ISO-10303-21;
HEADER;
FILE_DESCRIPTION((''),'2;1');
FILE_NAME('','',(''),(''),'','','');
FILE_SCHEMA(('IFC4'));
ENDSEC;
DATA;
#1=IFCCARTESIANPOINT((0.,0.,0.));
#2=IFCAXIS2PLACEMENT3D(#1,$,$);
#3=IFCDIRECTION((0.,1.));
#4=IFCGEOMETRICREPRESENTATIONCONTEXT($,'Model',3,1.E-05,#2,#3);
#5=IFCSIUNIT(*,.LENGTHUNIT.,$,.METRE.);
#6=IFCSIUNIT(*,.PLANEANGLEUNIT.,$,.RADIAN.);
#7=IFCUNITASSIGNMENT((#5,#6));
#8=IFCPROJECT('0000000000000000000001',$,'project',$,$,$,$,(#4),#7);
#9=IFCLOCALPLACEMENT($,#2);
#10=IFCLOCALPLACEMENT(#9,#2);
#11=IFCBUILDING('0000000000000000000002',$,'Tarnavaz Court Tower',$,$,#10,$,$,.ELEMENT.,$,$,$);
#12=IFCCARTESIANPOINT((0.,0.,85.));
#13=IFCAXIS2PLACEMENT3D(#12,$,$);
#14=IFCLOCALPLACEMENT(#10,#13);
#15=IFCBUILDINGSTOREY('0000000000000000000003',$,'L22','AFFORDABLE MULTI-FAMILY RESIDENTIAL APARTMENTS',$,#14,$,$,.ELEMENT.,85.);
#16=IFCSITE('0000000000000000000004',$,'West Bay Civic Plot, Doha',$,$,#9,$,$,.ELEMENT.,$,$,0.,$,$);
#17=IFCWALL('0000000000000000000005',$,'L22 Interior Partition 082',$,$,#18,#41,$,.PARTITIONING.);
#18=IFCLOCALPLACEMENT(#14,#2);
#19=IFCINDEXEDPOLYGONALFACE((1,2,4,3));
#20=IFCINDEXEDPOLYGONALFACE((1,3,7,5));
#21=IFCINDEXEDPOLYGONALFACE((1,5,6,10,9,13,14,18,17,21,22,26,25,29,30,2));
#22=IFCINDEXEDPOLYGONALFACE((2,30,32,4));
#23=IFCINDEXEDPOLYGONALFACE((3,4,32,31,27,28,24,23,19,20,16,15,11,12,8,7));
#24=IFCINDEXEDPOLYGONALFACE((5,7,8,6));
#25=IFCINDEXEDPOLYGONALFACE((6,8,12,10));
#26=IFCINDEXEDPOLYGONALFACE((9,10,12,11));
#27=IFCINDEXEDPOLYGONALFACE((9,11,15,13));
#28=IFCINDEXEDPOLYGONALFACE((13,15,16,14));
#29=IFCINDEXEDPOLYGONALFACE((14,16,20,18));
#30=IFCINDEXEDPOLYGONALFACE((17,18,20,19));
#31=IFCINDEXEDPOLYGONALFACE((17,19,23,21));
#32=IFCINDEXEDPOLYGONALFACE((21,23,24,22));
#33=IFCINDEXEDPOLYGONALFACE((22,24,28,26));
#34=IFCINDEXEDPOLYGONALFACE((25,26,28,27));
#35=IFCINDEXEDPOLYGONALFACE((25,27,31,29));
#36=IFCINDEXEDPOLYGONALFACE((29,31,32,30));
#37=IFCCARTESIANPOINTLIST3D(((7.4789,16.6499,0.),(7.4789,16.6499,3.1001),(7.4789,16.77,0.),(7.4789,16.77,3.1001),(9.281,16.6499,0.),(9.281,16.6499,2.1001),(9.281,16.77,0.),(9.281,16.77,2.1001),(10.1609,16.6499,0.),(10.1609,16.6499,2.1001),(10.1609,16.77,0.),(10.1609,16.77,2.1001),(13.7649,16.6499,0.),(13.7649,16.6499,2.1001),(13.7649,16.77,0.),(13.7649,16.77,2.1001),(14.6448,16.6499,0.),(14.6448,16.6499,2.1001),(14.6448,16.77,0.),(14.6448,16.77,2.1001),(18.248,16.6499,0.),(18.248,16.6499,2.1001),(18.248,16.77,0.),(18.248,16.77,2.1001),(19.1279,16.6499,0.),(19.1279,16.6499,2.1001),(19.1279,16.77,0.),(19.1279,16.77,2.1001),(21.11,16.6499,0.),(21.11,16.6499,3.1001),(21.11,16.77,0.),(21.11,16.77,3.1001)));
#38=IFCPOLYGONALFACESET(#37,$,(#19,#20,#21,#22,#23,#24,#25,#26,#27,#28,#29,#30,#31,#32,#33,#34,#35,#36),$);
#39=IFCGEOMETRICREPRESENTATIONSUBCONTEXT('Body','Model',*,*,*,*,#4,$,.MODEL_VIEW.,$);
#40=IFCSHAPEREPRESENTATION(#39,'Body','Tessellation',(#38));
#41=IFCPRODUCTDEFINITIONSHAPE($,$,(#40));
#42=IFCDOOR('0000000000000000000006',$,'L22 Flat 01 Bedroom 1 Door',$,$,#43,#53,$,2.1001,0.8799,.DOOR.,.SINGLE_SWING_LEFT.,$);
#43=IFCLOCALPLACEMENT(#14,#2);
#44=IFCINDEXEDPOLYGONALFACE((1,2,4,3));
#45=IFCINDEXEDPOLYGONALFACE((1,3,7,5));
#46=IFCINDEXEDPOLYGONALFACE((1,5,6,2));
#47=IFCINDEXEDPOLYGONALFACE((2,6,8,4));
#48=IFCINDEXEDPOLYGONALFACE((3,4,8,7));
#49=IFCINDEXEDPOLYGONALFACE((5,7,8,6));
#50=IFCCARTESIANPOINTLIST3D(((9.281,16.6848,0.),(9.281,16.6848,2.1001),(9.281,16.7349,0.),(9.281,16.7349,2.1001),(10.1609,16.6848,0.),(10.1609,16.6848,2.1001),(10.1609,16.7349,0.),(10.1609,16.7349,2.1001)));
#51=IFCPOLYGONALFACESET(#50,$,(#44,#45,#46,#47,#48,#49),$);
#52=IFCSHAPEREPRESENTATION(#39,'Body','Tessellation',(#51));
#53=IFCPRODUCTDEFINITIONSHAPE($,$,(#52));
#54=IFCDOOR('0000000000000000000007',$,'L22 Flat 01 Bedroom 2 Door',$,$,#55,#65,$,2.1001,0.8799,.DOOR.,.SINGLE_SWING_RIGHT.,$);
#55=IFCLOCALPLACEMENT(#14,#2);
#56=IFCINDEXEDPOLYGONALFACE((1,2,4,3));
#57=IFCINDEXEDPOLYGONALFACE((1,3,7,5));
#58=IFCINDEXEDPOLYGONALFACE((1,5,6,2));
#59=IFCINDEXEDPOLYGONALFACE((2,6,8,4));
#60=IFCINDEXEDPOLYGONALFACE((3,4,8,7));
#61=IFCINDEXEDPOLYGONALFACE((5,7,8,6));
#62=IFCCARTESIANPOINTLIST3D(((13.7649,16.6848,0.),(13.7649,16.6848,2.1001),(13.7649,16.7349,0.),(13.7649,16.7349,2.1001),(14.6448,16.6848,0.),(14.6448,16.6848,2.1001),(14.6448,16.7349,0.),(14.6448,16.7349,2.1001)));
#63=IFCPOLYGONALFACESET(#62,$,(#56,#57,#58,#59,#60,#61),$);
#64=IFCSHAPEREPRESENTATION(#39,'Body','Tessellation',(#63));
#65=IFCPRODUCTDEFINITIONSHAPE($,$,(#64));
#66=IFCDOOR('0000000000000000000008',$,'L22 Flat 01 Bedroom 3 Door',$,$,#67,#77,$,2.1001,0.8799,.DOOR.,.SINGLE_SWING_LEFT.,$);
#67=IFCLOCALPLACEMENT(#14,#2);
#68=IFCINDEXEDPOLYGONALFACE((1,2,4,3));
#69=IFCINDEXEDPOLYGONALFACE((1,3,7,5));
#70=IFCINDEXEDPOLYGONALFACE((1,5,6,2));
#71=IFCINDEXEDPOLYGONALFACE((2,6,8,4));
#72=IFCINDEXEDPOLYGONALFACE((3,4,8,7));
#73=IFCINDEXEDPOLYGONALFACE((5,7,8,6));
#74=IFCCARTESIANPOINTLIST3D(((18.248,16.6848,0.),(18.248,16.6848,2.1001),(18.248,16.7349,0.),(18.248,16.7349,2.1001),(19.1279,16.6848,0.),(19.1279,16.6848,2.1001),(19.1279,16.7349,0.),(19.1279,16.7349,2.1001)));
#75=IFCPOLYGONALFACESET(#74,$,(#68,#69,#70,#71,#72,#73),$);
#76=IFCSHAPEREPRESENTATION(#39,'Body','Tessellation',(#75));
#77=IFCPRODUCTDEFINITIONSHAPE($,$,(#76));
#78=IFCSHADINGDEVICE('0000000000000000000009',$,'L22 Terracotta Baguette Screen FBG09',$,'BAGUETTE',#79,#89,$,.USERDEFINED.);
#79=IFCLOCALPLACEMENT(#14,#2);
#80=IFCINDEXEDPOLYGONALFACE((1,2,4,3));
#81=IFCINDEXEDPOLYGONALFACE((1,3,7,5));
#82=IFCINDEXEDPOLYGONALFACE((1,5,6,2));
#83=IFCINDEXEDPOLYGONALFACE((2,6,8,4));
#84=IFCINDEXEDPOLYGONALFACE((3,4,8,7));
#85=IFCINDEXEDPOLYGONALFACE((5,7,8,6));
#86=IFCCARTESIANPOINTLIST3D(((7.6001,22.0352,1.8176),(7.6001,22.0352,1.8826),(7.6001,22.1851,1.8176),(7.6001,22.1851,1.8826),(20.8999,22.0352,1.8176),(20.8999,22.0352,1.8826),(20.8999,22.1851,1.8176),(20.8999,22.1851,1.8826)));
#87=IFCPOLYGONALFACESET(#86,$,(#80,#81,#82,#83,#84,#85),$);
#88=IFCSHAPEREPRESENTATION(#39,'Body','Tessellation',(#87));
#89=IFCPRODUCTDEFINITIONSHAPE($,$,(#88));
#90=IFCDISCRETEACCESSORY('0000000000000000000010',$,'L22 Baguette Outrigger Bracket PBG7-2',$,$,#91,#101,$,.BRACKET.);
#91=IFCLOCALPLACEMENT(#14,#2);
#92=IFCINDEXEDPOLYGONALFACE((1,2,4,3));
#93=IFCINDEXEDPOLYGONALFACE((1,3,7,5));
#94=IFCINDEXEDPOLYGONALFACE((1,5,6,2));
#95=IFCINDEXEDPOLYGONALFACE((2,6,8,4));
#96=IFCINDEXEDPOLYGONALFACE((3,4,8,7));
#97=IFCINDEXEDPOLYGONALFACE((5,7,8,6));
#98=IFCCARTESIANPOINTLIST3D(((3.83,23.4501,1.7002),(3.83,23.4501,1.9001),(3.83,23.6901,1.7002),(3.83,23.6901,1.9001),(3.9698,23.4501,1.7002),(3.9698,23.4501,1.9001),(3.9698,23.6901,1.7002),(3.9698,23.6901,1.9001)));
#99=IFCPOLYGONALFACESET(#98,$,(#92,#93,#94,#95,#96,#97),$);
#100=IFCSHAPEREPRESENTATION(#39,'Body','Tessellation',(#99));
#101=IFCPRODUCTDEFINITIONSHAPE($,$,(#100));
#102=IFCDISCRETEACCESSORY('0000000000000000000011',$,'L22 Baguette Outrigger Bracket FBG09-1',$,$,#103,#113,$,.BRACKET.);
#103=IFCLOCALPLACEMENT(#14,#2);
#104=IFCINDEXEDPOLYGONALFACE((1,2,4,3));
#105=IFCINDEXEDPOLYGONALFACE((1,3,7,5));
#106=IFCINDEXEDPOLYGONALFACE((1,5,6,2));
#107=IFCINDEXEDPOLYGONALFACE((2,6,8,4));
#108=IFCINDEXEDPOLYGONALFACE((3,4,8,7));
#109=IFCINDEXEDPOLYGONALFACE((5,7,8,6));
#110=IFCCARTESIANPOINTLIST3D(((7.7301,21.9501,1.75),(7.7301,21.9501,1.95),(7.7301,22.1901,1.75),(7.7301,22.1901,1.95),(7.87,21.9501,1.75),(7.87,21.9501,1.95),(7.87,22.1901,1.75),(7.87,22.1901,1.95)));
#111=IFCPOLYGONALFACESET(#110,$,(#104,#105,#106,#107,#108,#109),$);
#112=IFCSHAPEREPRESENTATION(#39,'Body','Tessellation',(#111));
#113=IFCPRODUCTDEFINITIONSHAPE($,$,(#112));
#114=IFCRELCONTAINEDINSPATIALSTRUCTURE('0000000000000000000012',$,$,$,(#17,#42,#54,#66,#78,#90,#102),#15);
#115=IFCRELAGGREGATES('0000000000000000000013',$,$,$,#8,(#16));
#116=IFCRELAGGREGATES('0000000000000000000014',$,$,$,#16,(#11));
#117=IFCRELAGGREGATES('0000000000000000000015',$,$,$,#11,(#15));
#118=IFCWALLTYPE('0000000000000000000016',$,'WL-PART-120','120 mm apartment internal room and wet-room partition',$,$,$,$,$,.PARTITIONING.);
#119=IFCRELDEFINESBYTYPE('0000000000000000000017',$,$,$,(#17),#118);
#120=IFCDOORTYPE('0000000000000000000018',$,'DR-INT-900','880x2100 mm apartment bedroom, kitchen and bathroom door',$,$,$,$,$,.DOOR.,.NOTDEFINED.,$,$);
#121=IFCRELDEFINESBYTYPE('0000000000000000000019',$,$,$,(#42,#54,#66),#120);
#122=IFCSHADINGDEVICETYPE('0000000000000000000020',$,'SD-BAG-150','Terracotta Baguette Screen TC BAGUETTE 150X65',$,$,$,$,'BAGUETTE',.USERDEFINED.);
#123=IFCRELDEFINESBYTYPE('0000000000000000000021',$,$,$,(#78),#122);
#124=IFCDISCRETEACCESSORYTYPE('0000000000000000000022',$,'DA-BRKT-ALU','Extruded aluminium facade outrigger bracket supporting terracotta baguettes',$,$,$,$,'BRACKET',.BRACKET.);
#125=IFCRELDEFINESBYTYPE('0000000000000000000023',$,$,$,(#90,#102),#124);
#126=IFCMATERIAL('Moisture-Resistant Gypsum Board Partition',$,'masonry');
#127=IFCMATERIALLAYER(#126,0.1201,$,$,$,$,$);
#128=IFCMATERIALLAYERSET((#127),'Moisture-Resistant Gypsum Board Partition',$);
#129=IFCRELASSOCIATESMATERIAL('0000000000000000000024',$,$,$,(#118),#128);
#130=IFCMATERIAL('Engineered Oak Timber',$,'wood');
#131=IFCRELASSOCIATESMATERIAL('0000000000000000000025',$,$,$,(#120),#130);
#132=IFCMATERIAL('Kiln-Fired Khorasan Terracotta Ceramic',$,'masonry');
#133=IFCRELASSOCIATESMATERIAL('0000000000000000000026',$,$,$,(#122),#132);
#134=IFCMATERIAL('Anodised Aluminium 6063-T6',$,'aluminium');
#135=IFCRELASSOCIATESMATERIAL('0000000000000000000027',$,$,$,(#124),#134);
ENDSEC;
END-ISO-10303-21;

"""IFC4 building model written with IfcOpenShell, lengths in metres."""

from ifc_helpers import new_model, si_unit, direction, frame, frame_2d, origin, origin_2d, place, context, subcontext, project, spatial, rectangle, extrude, material, layer, layer_set, material_profile, profile_set, type_object, element, fill, save


model = new_model("IFC4")

# Units and contexts
model_context = context("Model", 3, precision=1e-05, world=origin(), true_north=direction((0.0, 1.0)))
body_context = subcontext(model_context, "Body", "Model", "MODEL_VIEW")
ifc_project = project(units=[si_unit("LENGTHUNIT", "METRE"), si_unit("PLANEANGLEUNIT", "RADIAN")], contexts=[model_context])

# Site, building, storey
site_placement = place(None, origin())
site = spatial("IfcSite", under=ifc_project, at=site_placement, Name="West Bay Civic Plot, Doha", CompositionType="ELEMENT", RefElevation=0.0)
building_placement = place(site_placement, origin())
building = spatial("IfcBuilding", under=site, at=building_placement, Name="Tarnavaz Court Tower", CompositionType="ELEMENT")
storey_placement = place(building_placement, frame((0.0, 0.0, 85.0)))
storey = spatial("IfcBuildingStorey", under=building, at=storey_placement, Name="L22", Description="AFFORDABLE MULTI-FAMILY RESIDENTIAL APARTMENTS", CompositionType="ELEMENT", Elevation=85.0)

# Shared definitions
ifc_material_1 = material(Name="Anodised Aluminium 6063-T6", Category="aluminium")

# Shared definitions
ifc_material_2 = material(Name="Moisture-Resistant Gypsum Board Partition", Category="masonry")
ifc_layer_1 = layer(ifc_material_2, 0.1201)
ifc_layer_set_1 = layer_set([ifc_layer_1], Name="Moisture-Resistant Gypsum Board Partition")
wall_type_1 = type_object("IfcWallType", Name="WL-PART-120", Description="120 mm apartment internal room and wet-room partition", PredefinedType="PARTITIONING", material=ifc_layer_set_1)
ifc_material_3 = material(Name="Engineered Oak Timber", Category="wood")
door_type_1 = type_object("IfcDoorType", Name="DR-INT-900", Description="880x2100 mm apartment bedroom, kitchen and bathroom door", OperationType="NOTDEFINED", PredefinedType="DOOR", material=ifc_material_3)

# Wall, openings, doors
wall_1_placement = place(storey_placement, frame((7.479, 16.71, 0.0), z_axis=(0.0, 0.0, 1.0), x_axis=(1.0, 0.0, 0.0)))
wall_1 = element("IfcWall", 1, at=wall_1_placement, inside=storey, type_object=wall_type_1, Name="L22 Interior Partition 082", PredefinedType="PARTITIONING", context=body_context, shape_type="SweptSolid", body=[
    extrude(rectangle(XDim=13.6311, YDim=0.1201, at=frame_2d((6.8154, 0.0))), origin(), (0.0, 0.0, 1.0), 3.1001),
])
opening_1_placement = place(wall_1_placement, frame((1.802, 0.0, 0.0)))
opening_1 = element("IfcOpeningElement", 2, at=opening_1_placement, cuts=wall_1, PredefinedType="OPENING", context=body_context, shape_type="SweptSolid", body=[
    extrude(rectangle(XDim=0.8799, YDim=2.1001, at=frame_2d((0.4399, 1.05))), frame((0.0, 0.0701, 0.0), z_axis=(0.0, -1.0, 0.0), x_axis=(1.0, 0.0, 0.0)), (0.0, 0.0, 1.0), 0.1401),
])
opening_2_placement = place(wall_1_placement, frame((6.2859, 0.0, 0.0)))
opening_2 = element("IfcOpeningElement", 3, at=opening_2_placement, cuts=wall_1, PredefinedType="OPENING", context=body_context, shape_type="SweptSolid", body=[
    extrude(rectangle(XDim=0.8799, YDim=2.1001, at=frame_2d((0.4399, 1.05))), frame((0.0, 0.0701, 0.0), z_axis=(0.0, -1.0, 0.0), x_axis=(1.0, 0.0, 0.0)), (0.0, 0.0, 1.0), 0.1401),
])
opening_3_placement = place(wall_1_placement, frame((10.769, 0.0, 0.0)))
opening_3 = element("IfcOpeningElement", 4, at=opening_3_placement, cuts=wall_1, PredefinedType="OPENING", context=body_context, shape_type="SweptSolid", body=[
    extrude(rectangle(XDim=0.8799, YDim=2.1001, at=frame_2d((0.4399, 1.05))), frame((0.0, 0.0701, 0.0), z_axis=(0.0, -1.0, 0.0), x_axis=(1.0, 0.0, 0.0)), (0.0, 0.0, 1.0), 0.1401),
])
door_1_placement = place(opening_1_placement, origin())
door_1 = element("IfcDoor", 5, at=door_1_placement, inside=storey, type_object=door_type_1, Name="L22 Flat 01 Bedroom 1 Door", OperationType="SINGLE_SWING_LEFT", OverallHeight=2.1001, OverallWidth=0.8799, PredefinedType="DOOR", context=body_context, shape_type="SweptSolid", body=[
    extrude(rectangle(XDim=0.8799, YDim=2.1001, at=frame_2d((0.4399, 1.05))), frame((0.0, 0.0249, 0.0), z_axis=(0.0, -1.0, 0.0), x_axis=(1.0, 0.0, 0.0)), (0.0, 0.0, 1.0), 0.05),
])
fill(opening_1, door_1)
door_2_placement = place(opening_2_placement, origin())
door_2 = element("IfcDoor", 6, at=door_2_placement, inside=storey, type_object=door_type_1, Name="L22 Flat 01 Bedroom 2 Door", OperationType="SINGLE_SWING_RIGHT", OverallHeight=2.1001, OverallWidth=0.8799, PredefinedType="DOOR", context=body_context, shape_type="SweptSolid", body=[
    extrude(rectangle(XDim=0.8799, YDim=2.1001, at=frame_2d((0.4399, 1.05))), frame((0.0, 0.0249, 0.0), z_axis=(0.0, -1.0, 0.0), x_axis=(1.0, 0.0, 0.0)), (0.0, 0.0, 1.0), 0.05),
])
fill(opening_2, door_2)
door_3_placement = place(opening_3_placement, origin())
door_3 = element("IfcDoor", 7, at=door_3_placement, inside=storey, type_object=door_type_1, Name="L22 Flat 01 Bedroom 3 Door", OperationType="SINGLE_SWING_LEFT", OverallHeight=2.1001, OverallWidth=0.8799, PredefinedType="DOOR", context=body_context, shape_type="SweptSolid", body=[
    extrude(rectangle(XDim=0.8799, YDim=2.1001, at=frame_2d((0.4399, 1.05))), frame((0.0, 0.0249, 0.0), z_axis=(0.0, -1.0, 0.0), x_axis=(1.0, 0.0, 0.0)), (0.0, 0.0, 1.0), 0.05),
])
fill(opening_3, door_3)

# Shading device
ifc_material_4 = material(Name="Kiln-Fired Khorasan Terracotta Ceramic", Category="masonry")
ifc_material_profile_1 = material_profile(ifc_material_4, rectangle(XDim=0.1499, YDim=0.0649, at=origin_2d()), Name="TC BAGUETTE 150X65")
ifc_profile_set_1 = profile_set([ifc_material_profile_1], Name="Kiln-Fired Khorasan Terracotta Ceramic")
shading_device_type = type_object("IfcShadingDeviceType", Name="SD-BAG-150", Description="Terracotta Baguette Screen TC BAGUETTE 150X65", ElementType="BAGUETTE", PredefinedType="USERDEFINED", material=ifc_profile_set_1)
shading_device_placement = place(storey_placement, frame((7.6001, 22.1101, 1.8501), z_axis=(1.0, 0.0, 0.0), x_axis=(0.0, 1.0, 0.0)))
element("IfcShadingDevice", 8, at=shading_device_placement, inside=storey, type_object=shading_device_type, Name="L22 Terracotta Baguette Screen FBG09", ObjectType="BAGUETTE", PredefinedType="USERDEFINED", context=body_context, shape_type="SweptSolid", body=[
    extrude(rectangle(XDim=0.1499, YDim=0.0649, at=origin_2d()), origin(), (0.0, 0.0, 1.0), 13.2998),
])

# Discrete accessories
discrete_accessory_type = type_object("IfcDiscreteAccessoryType", Name="DA-BRKT-ALU", Description="Extruded aluminium facade outrigger bracket supporting terracotta baguettes", ElementType="BRACKET", PredefinedType="BRACKET", material=ifc_material_1)
for number, where, z_axis, x_axis, name in (
    (9, (3.8999, 23.5701, 1.7002), (0.0, 0.0, 1.0), (1.0, 0.0, 0.0), "L22 Baguette Outrigger Bracket PBG7-2"),
    (10, (7.8, 22.0701, 1.75), (0.0, 0.0, 1.0), (1.0, 0.0, 0.0), "L22 Baguette Outrigger Bracket FBG09-1"),
):
    element("IfcDiscreteAccessory", number, at=place(storey_placement, frame(where, z_axis=z_axis, x_axis=x_axis)), inside=storey, type_object=discrete_accessory_type, Name=name, PredefinedType="BRACKET", context=body_context, shape_type="SweptSolid", body=[
        extrude(rectangle(XDim=0.1399, YDim=0.24, at=origin_2d()), origin(), (0.0, 0.0, 1.0), 0.2),
    ])

save(model, "model.ifc")
